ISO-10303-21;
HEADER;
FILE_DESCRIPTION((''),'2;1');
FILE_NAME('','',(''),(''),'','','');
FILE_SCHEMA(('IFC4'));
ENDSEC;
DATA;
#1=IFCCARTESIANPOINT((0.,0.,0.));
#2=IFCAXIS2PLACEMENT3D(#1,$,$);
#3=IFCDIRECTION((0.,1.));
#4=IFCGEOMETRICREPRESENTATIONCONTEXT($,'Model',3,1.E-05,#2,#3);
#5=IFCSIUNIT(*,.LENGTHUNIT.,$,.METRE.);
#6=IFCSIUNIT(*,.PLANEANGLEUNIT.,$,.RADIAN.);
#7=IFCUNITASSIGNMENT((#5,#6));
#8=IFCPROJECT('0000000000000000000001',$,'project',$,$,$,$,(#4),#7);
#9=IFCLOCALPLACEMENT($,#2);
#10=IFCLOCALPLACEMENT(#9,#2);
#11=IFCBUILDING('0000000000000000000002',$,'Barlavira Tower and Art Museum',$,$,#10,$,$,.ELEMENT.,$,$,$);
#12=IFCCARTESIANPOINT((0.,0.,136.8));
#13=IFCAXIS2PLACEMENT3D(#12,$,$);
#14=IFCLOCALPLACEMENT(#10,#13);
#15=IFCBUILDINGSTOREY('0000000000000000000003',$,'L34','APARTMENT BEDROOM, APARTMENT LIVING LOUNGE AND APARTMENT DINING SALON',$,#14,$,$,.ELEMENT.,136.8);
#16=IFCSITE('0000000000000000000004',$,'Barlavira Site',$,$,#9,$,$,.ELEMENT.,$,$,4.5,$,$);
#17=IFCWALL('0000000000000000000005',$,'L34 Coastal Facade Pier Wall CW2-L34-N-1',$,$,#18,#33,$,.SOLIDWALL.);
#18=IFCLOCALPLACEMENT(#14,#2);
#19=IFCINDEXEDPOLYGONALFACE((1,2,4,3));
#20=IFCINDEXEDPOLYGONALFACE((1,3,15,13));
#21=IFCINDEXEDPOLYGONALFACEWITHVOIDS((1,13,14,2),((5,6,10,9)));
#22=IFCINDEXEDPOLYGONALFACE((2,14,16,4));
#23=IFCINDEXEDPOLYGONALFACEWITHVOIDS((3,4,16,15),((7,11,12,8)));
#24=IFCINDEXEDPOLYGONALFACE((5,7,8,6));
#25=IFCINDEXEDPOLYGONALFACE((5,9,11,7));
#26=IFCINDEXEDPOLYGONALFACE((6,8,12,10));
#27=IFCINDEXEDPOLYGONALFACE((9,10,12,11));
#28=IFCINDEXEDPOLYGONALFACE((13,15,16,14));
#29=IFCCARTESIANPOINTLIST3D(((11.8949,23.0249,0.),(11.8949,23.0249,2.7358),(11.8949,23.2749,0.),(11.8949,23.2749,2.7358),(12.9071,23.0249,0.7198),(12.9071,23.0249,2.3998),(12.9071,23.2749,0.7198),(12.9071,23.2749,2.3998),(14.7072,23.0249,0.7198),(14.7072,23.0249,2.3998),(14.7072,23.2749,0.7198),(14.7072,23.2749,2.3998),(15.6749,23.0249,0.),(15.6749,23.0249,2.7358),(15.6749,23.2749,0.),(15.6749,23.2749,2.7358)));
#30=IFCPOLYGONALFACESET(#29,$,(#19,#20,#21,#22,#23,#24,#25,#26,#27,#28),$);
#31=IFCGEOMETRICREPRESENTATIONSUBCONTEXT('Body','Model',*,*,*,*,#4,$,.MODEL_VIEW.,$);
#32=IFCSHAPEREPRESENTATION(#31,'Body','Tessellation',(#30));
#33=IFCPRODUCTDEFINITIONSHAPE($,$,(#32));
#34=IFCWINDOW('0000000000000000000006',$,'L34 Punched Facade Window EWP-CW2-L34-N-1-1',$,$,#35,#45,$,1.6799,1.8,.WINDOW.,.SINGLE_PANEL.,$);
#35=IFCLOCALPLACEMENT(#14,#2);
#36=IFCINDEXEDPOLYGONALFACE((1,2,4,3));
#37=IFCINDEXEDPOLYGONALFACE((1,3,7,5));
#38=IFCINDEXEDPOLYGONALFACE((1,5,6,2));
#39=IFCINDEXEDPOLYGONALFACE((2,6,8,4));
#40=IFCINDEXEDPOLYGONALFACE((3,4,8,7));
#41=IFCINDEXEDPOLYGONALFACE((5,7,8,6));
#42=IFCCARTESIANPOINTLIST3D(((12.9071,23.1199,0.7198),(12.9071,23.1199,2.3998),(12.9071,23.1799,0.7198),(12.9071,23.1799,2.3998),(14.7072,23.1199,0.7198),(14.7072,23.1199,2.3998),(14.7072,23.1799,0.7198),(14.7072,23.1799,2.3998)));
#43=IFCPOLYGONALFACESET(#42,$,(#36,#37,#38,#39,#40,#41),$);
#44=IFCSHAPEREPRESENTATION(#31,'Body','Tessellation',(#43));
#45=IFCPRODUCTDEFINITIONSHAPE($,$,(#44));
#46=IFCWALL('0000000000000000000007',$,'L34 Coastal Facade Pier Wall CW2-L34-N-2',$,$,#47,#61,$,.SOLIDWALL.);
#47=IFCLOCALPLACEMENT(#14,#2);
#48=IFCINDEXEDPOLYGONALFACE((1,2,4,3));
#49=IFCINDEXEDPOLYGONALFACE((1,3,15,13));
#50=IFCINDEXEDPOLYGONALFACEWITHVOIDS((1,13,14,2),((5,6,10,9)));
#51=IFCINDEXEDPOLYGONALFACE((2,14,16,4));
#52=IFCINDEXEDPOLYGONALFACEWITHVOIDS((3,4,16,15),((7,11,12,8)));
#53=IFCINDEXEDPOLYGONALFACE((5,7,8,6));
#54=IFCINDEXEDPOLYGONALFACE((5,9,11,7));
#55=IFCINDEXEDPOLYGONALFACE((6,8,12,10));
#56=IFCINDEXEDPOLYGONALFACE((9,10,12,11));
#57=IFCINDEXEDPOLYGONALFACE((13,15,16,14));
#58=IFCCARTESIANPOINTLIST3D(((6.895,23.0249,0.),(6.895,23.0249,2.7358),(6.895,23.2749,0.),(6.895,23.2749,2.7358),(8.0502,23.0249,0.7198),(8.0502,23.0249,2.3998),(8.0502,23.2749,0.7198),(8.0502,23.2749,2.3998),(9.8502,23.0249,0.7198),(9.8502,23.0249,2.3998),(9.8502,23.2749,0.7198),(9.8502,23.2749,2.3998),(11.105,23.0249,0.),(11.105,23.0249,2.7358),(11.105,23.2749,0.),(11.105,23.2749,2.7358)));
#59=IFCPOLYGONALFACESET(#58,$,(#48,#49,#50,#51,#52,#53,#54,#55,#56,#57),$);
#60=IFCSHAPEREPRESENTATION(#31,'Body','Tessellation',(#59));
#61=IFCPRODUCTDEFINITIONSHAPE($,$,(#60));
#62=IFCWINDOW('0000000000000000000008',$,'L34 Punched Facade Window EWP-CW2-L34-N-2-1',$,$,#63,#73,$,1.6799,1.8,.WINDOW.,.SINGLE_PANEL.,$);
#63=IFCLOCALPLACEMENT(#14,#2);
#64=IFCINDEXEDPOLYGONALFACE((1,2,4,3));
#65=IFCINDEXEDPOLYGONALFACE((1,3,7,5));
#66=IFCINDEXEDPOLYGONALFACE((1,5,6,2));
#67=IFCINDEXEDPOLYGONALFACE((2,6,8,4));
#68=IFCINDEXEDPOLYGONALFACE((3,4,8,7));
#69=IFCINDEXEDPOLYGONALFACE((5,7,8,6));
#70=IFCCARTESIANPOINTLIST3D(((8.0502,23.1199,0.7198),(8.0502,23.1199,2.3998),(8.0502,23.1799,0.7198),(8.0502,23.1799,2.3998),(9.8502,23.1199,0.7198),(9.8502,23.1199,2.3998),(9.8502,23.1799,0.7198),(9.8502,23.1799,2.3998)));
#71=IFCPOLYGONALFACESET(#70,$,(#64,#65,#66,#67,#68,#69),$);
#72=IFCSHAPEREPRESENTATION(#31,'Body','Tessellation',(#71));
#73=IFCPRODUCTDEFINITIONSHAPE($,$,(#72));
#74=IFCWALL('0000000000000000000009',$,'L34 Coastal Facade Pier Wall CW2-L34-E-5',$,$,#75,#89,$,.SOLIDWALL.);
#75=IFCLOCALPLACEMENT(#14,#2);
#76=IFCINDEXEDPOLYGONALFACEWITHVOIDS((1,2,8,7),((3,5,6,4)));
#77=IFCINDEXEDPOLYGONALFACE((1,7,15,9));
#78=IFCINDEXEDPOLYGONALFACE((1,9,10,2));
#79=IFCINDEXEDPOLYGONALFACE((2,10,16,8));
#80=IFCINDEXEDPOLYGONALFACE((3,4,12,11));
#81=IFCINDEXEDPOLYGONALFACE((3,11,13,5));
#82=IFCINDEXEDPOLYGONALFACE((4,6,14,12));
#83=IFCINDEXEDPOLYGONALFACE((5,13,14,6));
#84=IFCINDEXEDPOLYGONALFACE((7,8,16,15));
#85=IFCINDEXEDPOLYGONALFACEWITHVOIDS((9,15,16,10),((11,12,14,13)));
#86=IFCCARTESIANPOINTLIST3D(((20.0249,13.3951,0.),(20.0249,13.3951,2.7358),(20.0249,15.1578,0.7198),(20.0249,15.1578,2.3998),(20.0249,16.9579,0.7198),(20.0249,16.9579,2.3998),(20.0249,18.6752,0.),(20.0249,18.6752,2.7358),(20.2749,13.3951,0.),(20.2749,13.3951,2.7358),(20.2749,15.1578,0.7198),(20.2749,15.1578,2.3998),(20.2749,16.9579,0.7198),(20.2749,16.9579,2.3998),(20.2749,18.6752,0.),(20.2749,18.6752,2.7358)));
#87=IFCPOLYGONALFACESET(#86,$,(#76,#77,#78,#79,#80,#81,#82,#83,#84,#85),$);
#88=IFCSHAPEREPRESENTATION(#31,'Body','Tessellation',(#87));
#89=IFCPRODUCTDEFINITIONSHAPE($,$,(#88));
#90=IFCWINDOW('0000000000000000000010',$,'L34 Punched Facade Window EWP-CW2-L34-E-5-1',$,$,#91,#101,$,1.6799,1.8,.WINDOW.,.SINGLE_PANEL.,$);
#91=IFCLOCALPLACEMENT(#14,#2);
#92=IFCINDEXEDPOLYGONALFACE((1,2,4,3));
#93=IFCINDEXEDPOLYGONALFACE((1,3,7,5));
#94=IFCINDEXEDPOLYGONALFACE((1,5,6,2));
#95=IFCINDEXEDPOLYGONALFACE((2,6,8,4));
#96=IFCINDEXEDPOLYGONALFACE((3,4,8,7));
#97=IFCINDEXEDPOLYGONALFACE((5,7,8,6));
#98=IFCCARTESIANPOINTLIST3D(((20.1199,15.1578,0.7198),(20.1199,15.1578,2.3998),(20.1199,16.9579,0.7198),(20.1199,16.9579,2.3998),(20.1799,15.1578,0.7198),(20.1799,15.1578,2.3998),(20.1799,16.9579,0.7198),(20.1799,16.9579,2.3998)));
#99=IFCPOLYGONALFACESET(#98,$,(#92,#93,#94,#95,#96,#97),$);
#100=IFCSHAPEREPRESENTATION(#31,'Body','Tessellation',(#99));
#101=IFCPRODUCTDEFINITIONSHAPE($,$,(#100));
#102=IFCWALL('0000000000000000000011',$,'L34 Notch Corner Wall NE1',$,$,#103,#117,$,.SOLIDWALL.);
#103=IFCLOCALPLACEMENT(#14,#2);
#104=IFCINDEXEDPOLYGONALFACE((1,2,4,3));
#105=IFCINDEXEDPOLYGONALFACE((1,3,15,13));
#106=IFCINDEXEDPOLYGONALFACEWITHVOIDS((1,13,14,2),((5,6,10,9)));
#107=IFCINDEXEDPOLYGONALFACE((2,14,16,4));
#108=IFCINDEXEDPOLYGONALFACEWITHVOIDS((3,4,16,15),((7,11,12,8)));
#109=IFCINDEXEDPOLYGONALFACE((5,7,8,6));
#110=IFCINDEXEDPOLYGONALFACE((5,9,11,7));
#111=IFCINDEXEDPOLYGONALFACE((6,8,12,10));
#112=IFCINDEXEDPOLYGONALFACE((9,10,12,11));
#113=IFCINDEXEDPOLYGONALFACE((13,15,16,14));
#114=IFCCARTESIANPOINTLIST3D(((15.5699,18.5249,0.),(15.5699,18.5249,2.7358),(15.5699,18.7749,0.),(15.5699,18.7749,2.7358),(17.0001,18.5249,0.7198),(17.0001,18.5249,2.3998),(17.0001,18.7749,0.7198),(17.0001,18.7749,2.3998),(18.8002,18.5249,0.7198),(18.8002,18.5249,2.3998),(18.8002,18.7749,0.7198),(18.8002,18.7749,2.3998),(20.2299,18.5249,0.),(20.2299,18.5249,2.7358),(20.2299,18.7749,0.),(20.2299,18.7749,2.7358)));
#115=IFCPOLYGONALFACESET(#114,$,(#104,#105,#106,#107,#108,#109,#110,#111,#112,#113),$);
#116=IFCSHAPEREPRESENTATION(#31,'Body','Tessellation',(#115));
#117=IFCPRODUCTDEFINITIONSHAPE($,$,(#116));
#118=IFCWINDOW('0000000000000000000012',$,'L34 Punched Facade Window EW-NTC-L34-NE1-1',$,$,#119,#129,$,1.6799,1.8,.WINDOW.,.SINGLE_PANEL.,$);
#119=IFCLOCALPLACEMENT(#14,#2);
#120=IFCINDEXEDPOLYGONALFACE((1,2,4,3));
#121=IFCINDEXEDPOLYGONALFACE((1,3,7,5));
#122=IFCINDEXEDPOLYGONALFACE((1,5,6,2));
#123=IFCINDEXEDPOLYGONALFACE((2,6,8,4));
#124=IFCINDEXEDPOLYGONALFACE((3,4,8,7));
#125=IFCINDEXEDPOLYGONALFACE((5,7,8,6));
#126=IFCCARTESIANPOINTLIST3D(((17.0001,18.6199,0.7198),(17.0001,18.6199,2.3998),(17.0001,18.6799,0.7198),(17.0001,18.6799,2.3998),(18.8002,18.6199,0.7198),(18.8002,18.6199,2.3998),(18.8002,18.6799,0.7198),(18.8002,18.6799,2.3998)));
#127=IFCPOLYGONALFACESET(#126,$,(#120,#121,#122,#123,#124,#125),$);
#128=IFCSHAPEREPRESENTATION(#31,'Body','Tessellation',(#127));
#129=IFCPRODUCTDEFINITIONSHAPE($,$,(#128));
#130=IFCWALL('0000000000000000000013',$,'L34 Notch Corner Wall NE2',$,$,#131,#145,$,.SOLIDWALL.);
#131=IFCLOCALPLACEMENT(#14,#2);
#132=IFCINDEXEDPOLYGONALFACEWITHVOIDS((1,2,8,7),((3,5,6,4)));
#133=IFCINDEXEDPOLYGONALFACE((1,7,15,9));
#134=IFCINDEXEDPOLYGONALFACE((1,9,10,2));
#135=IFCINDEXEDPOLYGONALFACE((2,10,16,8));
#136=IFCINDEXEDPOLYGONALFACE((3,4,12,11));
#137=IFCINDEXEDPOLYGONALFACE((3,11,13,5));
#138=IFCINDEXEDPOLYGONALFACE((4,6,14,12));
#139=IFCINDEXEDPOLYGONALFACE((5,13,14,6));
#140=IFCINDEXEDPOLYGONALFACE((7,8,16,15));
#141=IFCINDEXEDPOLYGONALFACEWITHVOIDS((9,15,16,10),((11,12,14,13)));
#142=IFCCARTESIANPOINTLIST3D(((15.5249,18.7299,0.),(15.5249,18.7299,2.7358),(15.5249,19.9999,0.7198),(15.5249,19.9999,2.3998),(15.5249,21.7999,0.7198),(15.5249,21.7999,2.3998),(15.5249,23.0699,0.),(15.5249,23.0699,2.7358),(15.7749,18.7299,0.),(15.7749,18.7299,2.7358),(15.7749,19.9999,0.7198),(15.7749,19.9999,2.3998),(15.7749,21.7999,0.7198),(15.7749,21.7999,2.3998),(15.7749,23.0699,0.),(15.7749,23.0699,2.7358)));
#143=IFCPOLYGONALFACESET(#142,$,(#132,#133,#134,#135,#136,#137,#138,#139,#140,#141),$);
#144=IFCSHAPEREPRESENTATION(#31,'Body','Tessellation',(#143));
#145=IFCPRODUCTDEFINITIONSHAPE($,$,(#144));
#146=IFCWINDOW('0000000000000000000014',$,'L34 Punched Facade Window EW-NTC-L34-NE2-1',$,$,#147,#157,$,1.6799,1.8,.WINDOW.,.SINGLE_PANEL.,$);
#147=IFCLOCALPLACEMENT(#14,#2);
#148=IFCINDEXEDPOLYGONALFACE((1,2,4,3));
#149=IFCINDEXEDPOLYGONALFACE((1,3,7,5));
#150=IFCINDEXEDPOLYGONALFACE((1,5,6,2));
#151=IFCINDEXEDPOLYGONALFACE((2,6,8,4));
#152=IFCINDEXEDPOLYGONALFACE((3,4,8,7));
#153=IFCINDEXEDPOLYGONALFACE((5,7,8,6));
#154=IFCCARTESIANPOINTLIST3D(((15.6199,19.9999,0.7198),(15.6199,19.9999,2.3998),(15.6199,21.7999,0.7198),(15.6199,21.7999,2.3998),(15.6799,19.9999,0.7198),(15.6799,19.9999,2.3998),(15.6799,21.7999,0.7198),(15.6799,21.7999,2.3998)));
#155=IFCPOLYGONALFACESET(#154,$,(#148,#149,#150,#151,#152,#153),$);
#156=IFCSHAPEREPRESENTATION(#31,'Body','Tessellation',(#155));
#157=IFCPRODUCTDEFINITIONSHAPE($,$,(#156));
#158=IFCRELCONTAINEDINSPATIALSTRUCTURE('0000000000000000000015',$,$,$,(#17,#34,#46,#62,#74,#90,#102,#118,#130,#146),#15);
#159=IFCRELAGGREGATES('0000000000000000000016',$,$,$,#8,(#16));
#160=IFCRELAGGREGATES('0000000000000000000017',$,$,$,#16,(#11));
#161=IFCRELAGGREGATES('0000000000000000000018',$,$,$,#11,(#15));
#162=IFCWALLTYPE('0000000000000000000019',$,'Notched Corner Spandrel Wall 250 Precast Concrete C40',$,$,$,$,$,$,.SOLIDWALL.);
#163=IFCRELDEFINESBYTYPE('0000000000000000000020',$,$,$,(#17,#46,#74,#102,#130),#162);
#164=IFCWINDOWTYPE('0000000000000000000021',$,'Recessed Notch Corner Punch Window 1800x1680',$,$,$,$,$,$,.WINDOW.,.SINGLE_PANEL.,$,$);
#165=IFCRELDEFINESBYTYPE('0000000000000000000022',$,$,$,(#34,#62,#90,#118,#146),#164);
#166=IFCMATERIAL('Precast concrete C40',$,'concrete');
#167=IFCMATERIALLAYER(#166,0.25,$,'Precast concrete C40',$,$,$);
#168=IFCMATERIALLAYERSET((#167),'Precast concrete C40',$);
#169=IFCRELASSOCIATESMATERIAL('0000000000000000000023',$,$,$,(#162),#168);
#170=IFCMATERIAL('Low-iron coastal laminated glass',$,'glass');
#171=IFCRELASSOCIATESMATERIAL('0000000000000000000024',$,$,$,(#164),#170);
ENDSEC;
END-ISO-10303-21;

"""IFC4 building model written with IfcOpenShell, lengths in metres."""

from ifc_helpers import new_model, si_unit, direction, frame, frame_2d, origin, place, context, subcontext, project, spatial, rectangle, extrude, material, layer, layer_set, type_object, element, fill, save


model = new_model("IFC4")

# Units and contexts
model_context = context("Model", 3, precision=1e-05, world=origin(), true_north=direction((0.0, 1.0)))
body_context = subcontext(model_context, "Body", "Model", "MODEL_VIEW")
ifc_project = project(units=[si_unit("LENGTHUNIT", "METRE"), si_unit("PLANEANGLEUNIT", "RADIAN")], contexts=[model_context])

# Site, building, storey
site_placement = place(None, origin())
site = spatial("IfcSite", under=ifc_project, at=site_placement, Name="Barlavira Site", CompositionType="ELEMENT", RefElevation=4.5)
building_placement = place(site_placement, origin())
building = spatial("IfcBuilding", under=site, at=building_placement, Name="Barlavira Tower and Art Museum", CompositionType="ELEMENT")
storey_placement = place(building_placement, frame((0.0, 0.0, 136.8)))
storey = spatial("IfcBuildingStorey", under=building, at=storey_placement, Name="L34", Description="APARTMENT BEDROOM, APARTMENT LIVING LOUNGE AND APARTMENT DINING SALON", CompositionType="ELEMENT", Elevation=136.8)

# Walls, openings, windows
ifc_material_1 = material(Name="Precast concrete C40", Category="concrete")
ifc_layer_1 = layer(ifc_material_1, 0.25, Name="Precast concrete C40")
ifc_layer_set_1 = layer_set([ifc_layer_1], Name="Precast concrete C40")
wall_type_1 = type_object("IfcWallType", Name="Notched Corner Spandrel Wall 250 Precast Concrete C40", PredefinedType="SOLIDWALL", material=ifc_layer_set_1)
wall_1_placement = place(storey_placement, frame((15.675, 23.1499, 0.0), z_axis=(0.0, 0.0, 1.0), x_axis=(-1.0, 0.0, 0.0)))
wall_1 = element("IfcWall", 1, at=wall_1_placement, inside=storey, type_object=wall_type_1, Name="L34 Coastal Facade Pier Wall CW2-L34-N-1", PredefinedType="SOLIDWALL", context=body_context, shape_type="SweptSolid", body=[
    extrude(rectangle(XDim=3.78, YDim=0.25, at=frame_2d((1.8901, 0.0))), origin(), (0.0, 0.0, 1.0), 2.7358),
])
opening_1_placement = place(wall_1_placement, frame((0.968, 0.0, 0.72)))
opening_1 = element("IfcOpeningElement", 2, at=opening_1_placement, cuts=wall_1, PredefinedType="OPENING", context=body_context, shape_type="SweptSolid", body=[
    extrude(rectangle(XDim=1.8, YDim=1.6799, at=frame_2d((0.8999, 0.8398))), frame((0.0, 0.135, 0.0), z_axis=(0.0, -1.0, 0.0), x_axis=(1.0, 0.0, 0.0)), (0.0, 0.0, 1.0), 0.27),
])
ifc_material_2 = material(Name="Low-iron coastal laminated glass", Category="glass")
window_type = type_object("IfcWindowType", Name="Recessed Notch Corner Punch Window 1800x1680", PartitioningType="SINGLE_PANEL", PredefinedType="WINDOW", material=ifc_material_2)
window_1_placement = place(opening_1_placement, origin())
window_1 = element("IfcWindow", 3, at=window_1_placement, inside=storey, type_object=window_type, Name="L34 Punched Facade Window EWP-CW2-L34-N-1-1", OverallHeight=1.6799, OverallWidth=1.8, PartitioningType="SINGLE_PANEL", PredefinedType="WINDOW", context=body_context, shape_type="SweptSolid", body=[
    extrude(rectangle(XDim=1.8, YDim=1.6799, at=frame_2d((0.8999, 0.8398))), frame((0.0, 0.03, 0.0), z_axis=(0.0, -1.0, 0.0), x_axis=(1.0, 0.0, 0.0)), (0.0, 0.0, 1.0), 0.0601),
])
fill(opening_1, window_1)
wall_2_placement = place(storey_placement, frame((11.105, 23.1499, 0.0), z_axis=(0.0, 0.0, 1.0), x_axis=(-1.0, 0.0, 0.0)))
wall_2 = element("IfcWall", 4, at=wall_2_placement, inside=storey, type_object=wall_type_1, Name="L34 Coastal Facade Pier Wall CW2-L34-N-2", PredefinedType="SOLIDWALL", context=body_context, shape_type="SweptSolid", body=[
    extrude(rectangle(XDim=4.21, YDim=0.25, at=frame_2d((2.105, 0.0))), origin(), (0.0, 0.0, 1.0), 2.7358),
])
opening_2_placement = place(wall_2_placement, frame((1.2549, 0.0, 0.72)))
opening_2 = element("IfcOpeningElement", 5, at=opening_2_placement, cuts=wall_2, PredefinedType="OPENING", context=body_context, shape_type="SweptSolid", body=[
    extrude(rectangle(XDim=1.8, YDim=1.6799, at=frame_2d((0.8999, 0.8398))), frame((0.0, 0.135, 0.0), z_axis=(0.0, -1.0, 0.0), x_axis=(1.0, 0.0, 0.0)), (0.0, 0.0, 1.0), 0.27),
])
window_2_placement = place(opening_2_placement, origin())
window_2 = element("IfcWindow", 6, at=window_2_placement, inside=storey, type_object=window_type, Name="L34 Punched Facade Window EWP-CW2-L34-N-2-1", OverallHeight=1.6799, OverallWidth=1.8, PartitioningType="SINGLE_PANEL", PredefinedType="WINDOW", context=body_context, shape_type="SweptSolid", body=[
    extrude(rectangle(XDim=1.8, YDim=1.6799, at=frame_2d((0.8999, 0.8398))), frame((0.0, 0.03, 0.0), z_axis=(0.0, -1.0, 0.0), x_axis=(1.0, 0.0, 0.0)), (0.0, 0.0, 1.0), 0.0601),
])
fill(opening_2, window_2)
wall_3_placement = place(storey_placement, frame((20.1499, 13.395, 0.0), z_axis=(0.0, 0.0, 1.0), x_axis=(0.0, 1.0, 0.0)))
wall_3 = element("IfcWall", 7, at=wall_3_placement, inside=storey, type_object=wall_type_1, Name="L34 Coastal Facade Pier Wall CW2-L34-E-5", PredefinedType="SOLIDWALL", context=body_context, shape_type="SweptSolid", body=[
    extrude(rectangle(XDim=5.28, YDim=0.25, at=frame_2d((2.6401, 0.0))), origin(), (0.0, 0.0, 1.0), 2.7358),
])
opening_3_placement = place(wall_3_placement, frame((1.7629, 0.0, 0.72)))
opening_3 = element("IfcOpeningElement", 8, at=opening_3_placement, cuts=wall_3, PredefinedType="OPENING", context=body_context, shape_type="SweptSolid", body=[
    extrude(rectangle(XDim=1.8, YDim=1.6799, at=frame_2d((0.8999, 0.8398))), frame((0.0, 0.135, 0.0), z_axis=(0.0, -1.0, 0.0), x_axis=(1.0, 0.0, 0.0)), (0.0, 0.0, 1.0), 0.27),
])
window_3_placement = place(opening_3_placement, origin())
window_3 = element("IfcWindow", 9, at=window_3_placement, inside=storey, type_object=window_type, Name="L34 Punched Facade Window EWP-CW2-L34-E-5-1", OverallHeight=1.6799, OverallWidth=1.8, PartitioningType="SINGLE_PANEL", PredefinedType="WINDOW", context=body_context, shape_type="SweptSolid", body=[
    extrude(rectangle(XDim=1.8, YDim=1.6799, at=frame_2d((0.8999, 0.8398))), frame((0.0, 0.03, 0.0), z_axis=(0.0, -1.0, 0.0), x_axis=(1.0, 0.0, 0.0)), (0.0, 0.0, 1.0), 0.0601),
])
fill(opening_3, window_3)
wall_4_placement = place(storey_placement, frame((20.23, 18.6499, 0.0), z_axis=(0.0, 0.0, 1.0), x_axis=(-1.0, 0.0, 0.0)))
wall_4 = element("IfcWall", 10, at=wall_4_placement, inside=storey, type_object=wall_type_1, Name="L34 Notch Corner Wall NE1", PredefinedType="SOLIDWALL", context=body_context, shape_type="SweptSolid", body=[
    extrude(rectangle(XDim=4.6599, YDim=0.25, at=frame_2d((2.3301, 0.0))), origin(), (0.0, 0.0, 1.0), 2.7358),
])
opening_4_placement = place(wall_4_placement, frame((1.4299, 0.0, 0.72)))
opening_4 = element("IfcOpeningElement", 11, at=opening_4_placement, cuts=wall_4, PredefinedType="OPENING", context=body_context, shape_type="SweptSolid", body=[
    extrude(rectangle(XDim=1.8, YDim=1.6799, at=frame_2d((0.8999, 0.8398))), frame((0.0, 0.135, 0.0), z_axis=(0.0, -1.0, 0.0), x_axis=(1.0, 0.0, 0.0)), (0.0, 0.0, 1.0), 0.27),
])
window_4_placement = place(opening_4_placement, origin())
window_4 = element("IfcWindow", 12, at=window_4_placement, inside=storey, type_object=window_type, Name="L34 Punched Facade Window EW-NTC-L34-NE1-1", OverallHeight=1.6799, OverallWidth=1.8, PartitioningType="SINGLE_PANEL", PredefinedType="WINDOW", context=body_context, shape_type="SweptSolid", body=[
    extrude(rectangle(XDim=1.8, YDim=1.6799, at=frame_2d((0.8999, 0.8398))), frame((0.0, 0.03, 0.0), z_axis=(0.0, -1.0, 0.0), x_axis=(1.0, 0.0, 0.0)), (0.0, 0.0, 1.0), 0.0601),
])
fill(opening_4, window_4)
wall_5_placement = place(storey_placement, frame((15.6499, 18.73, 0.0), z_axis=(0.0, 0.0, 1.0), x_axis=(0.0, 1.0, 0.0)))
wall_5 = element("IfcWall", 13, at=wall_5_placement, inside=storey, type_object=wall_type_1, Name="L34 Notch Corner Wall NE2", PredefinedType="SOLIDWALL", context=body_context, shape_type="SweptSolid", body=[
    extrude(rectangle(XDim=4.3401, YDim=0.25, at=frame_2d((2.1699, 0.0))), origin(), (0.0, 0.0, 1.0), 2.7358),
])
opening_5_placement = place(wall_5_placement, frame((1.27, 0.0, 0.72)))
opening_5 = element("IfcOpeningElement", 14, at=opening_5_placement, cuts=wall_5, PredefinedType="OPENING", context=body_context, shape_type="SweptSolid", body=[
    extrude(rectangle(XDim=1.8, YDim=1.6799, at=frame_2d((0.8999, 0.8398))), frame((0.0, 0.135, 0.0), z_axis=(0.0, -1.0, 0.0), x_axis=(1.0, 0.0, 0.0)), (0.0, 0.0, 1.0), 0.27),
])
window_5_placement = place(opening_5_placement, origin())
window_5 = element("IfcWindow", 15, at=window_5_placement, inside=storey, type_object=window_type, Name="L34 Punched Facade Window EW-NTC-L34-NE2-1", OverallHeight=1.6799, OverallWidth=1.8, PartitioningType="SINGLE_PANEL", PredefinedType="WINDOW", context=body_context, shape_type="SweptSolid", body=[
    extrude(rectangle(XDim=1.8, YDim=1.6799, at=frame_2d((0.8999, 0.8398))), frame((0.0, 0.03, 0.0), z_axis=(0.0, -1.0, 0.0), x_axis=(1.0, 0.0, 0.0)), (0.0, 0.0, 1.0), 0.0601),
])
fill(opening_5, window_5)

save(model, "model.ifc")
